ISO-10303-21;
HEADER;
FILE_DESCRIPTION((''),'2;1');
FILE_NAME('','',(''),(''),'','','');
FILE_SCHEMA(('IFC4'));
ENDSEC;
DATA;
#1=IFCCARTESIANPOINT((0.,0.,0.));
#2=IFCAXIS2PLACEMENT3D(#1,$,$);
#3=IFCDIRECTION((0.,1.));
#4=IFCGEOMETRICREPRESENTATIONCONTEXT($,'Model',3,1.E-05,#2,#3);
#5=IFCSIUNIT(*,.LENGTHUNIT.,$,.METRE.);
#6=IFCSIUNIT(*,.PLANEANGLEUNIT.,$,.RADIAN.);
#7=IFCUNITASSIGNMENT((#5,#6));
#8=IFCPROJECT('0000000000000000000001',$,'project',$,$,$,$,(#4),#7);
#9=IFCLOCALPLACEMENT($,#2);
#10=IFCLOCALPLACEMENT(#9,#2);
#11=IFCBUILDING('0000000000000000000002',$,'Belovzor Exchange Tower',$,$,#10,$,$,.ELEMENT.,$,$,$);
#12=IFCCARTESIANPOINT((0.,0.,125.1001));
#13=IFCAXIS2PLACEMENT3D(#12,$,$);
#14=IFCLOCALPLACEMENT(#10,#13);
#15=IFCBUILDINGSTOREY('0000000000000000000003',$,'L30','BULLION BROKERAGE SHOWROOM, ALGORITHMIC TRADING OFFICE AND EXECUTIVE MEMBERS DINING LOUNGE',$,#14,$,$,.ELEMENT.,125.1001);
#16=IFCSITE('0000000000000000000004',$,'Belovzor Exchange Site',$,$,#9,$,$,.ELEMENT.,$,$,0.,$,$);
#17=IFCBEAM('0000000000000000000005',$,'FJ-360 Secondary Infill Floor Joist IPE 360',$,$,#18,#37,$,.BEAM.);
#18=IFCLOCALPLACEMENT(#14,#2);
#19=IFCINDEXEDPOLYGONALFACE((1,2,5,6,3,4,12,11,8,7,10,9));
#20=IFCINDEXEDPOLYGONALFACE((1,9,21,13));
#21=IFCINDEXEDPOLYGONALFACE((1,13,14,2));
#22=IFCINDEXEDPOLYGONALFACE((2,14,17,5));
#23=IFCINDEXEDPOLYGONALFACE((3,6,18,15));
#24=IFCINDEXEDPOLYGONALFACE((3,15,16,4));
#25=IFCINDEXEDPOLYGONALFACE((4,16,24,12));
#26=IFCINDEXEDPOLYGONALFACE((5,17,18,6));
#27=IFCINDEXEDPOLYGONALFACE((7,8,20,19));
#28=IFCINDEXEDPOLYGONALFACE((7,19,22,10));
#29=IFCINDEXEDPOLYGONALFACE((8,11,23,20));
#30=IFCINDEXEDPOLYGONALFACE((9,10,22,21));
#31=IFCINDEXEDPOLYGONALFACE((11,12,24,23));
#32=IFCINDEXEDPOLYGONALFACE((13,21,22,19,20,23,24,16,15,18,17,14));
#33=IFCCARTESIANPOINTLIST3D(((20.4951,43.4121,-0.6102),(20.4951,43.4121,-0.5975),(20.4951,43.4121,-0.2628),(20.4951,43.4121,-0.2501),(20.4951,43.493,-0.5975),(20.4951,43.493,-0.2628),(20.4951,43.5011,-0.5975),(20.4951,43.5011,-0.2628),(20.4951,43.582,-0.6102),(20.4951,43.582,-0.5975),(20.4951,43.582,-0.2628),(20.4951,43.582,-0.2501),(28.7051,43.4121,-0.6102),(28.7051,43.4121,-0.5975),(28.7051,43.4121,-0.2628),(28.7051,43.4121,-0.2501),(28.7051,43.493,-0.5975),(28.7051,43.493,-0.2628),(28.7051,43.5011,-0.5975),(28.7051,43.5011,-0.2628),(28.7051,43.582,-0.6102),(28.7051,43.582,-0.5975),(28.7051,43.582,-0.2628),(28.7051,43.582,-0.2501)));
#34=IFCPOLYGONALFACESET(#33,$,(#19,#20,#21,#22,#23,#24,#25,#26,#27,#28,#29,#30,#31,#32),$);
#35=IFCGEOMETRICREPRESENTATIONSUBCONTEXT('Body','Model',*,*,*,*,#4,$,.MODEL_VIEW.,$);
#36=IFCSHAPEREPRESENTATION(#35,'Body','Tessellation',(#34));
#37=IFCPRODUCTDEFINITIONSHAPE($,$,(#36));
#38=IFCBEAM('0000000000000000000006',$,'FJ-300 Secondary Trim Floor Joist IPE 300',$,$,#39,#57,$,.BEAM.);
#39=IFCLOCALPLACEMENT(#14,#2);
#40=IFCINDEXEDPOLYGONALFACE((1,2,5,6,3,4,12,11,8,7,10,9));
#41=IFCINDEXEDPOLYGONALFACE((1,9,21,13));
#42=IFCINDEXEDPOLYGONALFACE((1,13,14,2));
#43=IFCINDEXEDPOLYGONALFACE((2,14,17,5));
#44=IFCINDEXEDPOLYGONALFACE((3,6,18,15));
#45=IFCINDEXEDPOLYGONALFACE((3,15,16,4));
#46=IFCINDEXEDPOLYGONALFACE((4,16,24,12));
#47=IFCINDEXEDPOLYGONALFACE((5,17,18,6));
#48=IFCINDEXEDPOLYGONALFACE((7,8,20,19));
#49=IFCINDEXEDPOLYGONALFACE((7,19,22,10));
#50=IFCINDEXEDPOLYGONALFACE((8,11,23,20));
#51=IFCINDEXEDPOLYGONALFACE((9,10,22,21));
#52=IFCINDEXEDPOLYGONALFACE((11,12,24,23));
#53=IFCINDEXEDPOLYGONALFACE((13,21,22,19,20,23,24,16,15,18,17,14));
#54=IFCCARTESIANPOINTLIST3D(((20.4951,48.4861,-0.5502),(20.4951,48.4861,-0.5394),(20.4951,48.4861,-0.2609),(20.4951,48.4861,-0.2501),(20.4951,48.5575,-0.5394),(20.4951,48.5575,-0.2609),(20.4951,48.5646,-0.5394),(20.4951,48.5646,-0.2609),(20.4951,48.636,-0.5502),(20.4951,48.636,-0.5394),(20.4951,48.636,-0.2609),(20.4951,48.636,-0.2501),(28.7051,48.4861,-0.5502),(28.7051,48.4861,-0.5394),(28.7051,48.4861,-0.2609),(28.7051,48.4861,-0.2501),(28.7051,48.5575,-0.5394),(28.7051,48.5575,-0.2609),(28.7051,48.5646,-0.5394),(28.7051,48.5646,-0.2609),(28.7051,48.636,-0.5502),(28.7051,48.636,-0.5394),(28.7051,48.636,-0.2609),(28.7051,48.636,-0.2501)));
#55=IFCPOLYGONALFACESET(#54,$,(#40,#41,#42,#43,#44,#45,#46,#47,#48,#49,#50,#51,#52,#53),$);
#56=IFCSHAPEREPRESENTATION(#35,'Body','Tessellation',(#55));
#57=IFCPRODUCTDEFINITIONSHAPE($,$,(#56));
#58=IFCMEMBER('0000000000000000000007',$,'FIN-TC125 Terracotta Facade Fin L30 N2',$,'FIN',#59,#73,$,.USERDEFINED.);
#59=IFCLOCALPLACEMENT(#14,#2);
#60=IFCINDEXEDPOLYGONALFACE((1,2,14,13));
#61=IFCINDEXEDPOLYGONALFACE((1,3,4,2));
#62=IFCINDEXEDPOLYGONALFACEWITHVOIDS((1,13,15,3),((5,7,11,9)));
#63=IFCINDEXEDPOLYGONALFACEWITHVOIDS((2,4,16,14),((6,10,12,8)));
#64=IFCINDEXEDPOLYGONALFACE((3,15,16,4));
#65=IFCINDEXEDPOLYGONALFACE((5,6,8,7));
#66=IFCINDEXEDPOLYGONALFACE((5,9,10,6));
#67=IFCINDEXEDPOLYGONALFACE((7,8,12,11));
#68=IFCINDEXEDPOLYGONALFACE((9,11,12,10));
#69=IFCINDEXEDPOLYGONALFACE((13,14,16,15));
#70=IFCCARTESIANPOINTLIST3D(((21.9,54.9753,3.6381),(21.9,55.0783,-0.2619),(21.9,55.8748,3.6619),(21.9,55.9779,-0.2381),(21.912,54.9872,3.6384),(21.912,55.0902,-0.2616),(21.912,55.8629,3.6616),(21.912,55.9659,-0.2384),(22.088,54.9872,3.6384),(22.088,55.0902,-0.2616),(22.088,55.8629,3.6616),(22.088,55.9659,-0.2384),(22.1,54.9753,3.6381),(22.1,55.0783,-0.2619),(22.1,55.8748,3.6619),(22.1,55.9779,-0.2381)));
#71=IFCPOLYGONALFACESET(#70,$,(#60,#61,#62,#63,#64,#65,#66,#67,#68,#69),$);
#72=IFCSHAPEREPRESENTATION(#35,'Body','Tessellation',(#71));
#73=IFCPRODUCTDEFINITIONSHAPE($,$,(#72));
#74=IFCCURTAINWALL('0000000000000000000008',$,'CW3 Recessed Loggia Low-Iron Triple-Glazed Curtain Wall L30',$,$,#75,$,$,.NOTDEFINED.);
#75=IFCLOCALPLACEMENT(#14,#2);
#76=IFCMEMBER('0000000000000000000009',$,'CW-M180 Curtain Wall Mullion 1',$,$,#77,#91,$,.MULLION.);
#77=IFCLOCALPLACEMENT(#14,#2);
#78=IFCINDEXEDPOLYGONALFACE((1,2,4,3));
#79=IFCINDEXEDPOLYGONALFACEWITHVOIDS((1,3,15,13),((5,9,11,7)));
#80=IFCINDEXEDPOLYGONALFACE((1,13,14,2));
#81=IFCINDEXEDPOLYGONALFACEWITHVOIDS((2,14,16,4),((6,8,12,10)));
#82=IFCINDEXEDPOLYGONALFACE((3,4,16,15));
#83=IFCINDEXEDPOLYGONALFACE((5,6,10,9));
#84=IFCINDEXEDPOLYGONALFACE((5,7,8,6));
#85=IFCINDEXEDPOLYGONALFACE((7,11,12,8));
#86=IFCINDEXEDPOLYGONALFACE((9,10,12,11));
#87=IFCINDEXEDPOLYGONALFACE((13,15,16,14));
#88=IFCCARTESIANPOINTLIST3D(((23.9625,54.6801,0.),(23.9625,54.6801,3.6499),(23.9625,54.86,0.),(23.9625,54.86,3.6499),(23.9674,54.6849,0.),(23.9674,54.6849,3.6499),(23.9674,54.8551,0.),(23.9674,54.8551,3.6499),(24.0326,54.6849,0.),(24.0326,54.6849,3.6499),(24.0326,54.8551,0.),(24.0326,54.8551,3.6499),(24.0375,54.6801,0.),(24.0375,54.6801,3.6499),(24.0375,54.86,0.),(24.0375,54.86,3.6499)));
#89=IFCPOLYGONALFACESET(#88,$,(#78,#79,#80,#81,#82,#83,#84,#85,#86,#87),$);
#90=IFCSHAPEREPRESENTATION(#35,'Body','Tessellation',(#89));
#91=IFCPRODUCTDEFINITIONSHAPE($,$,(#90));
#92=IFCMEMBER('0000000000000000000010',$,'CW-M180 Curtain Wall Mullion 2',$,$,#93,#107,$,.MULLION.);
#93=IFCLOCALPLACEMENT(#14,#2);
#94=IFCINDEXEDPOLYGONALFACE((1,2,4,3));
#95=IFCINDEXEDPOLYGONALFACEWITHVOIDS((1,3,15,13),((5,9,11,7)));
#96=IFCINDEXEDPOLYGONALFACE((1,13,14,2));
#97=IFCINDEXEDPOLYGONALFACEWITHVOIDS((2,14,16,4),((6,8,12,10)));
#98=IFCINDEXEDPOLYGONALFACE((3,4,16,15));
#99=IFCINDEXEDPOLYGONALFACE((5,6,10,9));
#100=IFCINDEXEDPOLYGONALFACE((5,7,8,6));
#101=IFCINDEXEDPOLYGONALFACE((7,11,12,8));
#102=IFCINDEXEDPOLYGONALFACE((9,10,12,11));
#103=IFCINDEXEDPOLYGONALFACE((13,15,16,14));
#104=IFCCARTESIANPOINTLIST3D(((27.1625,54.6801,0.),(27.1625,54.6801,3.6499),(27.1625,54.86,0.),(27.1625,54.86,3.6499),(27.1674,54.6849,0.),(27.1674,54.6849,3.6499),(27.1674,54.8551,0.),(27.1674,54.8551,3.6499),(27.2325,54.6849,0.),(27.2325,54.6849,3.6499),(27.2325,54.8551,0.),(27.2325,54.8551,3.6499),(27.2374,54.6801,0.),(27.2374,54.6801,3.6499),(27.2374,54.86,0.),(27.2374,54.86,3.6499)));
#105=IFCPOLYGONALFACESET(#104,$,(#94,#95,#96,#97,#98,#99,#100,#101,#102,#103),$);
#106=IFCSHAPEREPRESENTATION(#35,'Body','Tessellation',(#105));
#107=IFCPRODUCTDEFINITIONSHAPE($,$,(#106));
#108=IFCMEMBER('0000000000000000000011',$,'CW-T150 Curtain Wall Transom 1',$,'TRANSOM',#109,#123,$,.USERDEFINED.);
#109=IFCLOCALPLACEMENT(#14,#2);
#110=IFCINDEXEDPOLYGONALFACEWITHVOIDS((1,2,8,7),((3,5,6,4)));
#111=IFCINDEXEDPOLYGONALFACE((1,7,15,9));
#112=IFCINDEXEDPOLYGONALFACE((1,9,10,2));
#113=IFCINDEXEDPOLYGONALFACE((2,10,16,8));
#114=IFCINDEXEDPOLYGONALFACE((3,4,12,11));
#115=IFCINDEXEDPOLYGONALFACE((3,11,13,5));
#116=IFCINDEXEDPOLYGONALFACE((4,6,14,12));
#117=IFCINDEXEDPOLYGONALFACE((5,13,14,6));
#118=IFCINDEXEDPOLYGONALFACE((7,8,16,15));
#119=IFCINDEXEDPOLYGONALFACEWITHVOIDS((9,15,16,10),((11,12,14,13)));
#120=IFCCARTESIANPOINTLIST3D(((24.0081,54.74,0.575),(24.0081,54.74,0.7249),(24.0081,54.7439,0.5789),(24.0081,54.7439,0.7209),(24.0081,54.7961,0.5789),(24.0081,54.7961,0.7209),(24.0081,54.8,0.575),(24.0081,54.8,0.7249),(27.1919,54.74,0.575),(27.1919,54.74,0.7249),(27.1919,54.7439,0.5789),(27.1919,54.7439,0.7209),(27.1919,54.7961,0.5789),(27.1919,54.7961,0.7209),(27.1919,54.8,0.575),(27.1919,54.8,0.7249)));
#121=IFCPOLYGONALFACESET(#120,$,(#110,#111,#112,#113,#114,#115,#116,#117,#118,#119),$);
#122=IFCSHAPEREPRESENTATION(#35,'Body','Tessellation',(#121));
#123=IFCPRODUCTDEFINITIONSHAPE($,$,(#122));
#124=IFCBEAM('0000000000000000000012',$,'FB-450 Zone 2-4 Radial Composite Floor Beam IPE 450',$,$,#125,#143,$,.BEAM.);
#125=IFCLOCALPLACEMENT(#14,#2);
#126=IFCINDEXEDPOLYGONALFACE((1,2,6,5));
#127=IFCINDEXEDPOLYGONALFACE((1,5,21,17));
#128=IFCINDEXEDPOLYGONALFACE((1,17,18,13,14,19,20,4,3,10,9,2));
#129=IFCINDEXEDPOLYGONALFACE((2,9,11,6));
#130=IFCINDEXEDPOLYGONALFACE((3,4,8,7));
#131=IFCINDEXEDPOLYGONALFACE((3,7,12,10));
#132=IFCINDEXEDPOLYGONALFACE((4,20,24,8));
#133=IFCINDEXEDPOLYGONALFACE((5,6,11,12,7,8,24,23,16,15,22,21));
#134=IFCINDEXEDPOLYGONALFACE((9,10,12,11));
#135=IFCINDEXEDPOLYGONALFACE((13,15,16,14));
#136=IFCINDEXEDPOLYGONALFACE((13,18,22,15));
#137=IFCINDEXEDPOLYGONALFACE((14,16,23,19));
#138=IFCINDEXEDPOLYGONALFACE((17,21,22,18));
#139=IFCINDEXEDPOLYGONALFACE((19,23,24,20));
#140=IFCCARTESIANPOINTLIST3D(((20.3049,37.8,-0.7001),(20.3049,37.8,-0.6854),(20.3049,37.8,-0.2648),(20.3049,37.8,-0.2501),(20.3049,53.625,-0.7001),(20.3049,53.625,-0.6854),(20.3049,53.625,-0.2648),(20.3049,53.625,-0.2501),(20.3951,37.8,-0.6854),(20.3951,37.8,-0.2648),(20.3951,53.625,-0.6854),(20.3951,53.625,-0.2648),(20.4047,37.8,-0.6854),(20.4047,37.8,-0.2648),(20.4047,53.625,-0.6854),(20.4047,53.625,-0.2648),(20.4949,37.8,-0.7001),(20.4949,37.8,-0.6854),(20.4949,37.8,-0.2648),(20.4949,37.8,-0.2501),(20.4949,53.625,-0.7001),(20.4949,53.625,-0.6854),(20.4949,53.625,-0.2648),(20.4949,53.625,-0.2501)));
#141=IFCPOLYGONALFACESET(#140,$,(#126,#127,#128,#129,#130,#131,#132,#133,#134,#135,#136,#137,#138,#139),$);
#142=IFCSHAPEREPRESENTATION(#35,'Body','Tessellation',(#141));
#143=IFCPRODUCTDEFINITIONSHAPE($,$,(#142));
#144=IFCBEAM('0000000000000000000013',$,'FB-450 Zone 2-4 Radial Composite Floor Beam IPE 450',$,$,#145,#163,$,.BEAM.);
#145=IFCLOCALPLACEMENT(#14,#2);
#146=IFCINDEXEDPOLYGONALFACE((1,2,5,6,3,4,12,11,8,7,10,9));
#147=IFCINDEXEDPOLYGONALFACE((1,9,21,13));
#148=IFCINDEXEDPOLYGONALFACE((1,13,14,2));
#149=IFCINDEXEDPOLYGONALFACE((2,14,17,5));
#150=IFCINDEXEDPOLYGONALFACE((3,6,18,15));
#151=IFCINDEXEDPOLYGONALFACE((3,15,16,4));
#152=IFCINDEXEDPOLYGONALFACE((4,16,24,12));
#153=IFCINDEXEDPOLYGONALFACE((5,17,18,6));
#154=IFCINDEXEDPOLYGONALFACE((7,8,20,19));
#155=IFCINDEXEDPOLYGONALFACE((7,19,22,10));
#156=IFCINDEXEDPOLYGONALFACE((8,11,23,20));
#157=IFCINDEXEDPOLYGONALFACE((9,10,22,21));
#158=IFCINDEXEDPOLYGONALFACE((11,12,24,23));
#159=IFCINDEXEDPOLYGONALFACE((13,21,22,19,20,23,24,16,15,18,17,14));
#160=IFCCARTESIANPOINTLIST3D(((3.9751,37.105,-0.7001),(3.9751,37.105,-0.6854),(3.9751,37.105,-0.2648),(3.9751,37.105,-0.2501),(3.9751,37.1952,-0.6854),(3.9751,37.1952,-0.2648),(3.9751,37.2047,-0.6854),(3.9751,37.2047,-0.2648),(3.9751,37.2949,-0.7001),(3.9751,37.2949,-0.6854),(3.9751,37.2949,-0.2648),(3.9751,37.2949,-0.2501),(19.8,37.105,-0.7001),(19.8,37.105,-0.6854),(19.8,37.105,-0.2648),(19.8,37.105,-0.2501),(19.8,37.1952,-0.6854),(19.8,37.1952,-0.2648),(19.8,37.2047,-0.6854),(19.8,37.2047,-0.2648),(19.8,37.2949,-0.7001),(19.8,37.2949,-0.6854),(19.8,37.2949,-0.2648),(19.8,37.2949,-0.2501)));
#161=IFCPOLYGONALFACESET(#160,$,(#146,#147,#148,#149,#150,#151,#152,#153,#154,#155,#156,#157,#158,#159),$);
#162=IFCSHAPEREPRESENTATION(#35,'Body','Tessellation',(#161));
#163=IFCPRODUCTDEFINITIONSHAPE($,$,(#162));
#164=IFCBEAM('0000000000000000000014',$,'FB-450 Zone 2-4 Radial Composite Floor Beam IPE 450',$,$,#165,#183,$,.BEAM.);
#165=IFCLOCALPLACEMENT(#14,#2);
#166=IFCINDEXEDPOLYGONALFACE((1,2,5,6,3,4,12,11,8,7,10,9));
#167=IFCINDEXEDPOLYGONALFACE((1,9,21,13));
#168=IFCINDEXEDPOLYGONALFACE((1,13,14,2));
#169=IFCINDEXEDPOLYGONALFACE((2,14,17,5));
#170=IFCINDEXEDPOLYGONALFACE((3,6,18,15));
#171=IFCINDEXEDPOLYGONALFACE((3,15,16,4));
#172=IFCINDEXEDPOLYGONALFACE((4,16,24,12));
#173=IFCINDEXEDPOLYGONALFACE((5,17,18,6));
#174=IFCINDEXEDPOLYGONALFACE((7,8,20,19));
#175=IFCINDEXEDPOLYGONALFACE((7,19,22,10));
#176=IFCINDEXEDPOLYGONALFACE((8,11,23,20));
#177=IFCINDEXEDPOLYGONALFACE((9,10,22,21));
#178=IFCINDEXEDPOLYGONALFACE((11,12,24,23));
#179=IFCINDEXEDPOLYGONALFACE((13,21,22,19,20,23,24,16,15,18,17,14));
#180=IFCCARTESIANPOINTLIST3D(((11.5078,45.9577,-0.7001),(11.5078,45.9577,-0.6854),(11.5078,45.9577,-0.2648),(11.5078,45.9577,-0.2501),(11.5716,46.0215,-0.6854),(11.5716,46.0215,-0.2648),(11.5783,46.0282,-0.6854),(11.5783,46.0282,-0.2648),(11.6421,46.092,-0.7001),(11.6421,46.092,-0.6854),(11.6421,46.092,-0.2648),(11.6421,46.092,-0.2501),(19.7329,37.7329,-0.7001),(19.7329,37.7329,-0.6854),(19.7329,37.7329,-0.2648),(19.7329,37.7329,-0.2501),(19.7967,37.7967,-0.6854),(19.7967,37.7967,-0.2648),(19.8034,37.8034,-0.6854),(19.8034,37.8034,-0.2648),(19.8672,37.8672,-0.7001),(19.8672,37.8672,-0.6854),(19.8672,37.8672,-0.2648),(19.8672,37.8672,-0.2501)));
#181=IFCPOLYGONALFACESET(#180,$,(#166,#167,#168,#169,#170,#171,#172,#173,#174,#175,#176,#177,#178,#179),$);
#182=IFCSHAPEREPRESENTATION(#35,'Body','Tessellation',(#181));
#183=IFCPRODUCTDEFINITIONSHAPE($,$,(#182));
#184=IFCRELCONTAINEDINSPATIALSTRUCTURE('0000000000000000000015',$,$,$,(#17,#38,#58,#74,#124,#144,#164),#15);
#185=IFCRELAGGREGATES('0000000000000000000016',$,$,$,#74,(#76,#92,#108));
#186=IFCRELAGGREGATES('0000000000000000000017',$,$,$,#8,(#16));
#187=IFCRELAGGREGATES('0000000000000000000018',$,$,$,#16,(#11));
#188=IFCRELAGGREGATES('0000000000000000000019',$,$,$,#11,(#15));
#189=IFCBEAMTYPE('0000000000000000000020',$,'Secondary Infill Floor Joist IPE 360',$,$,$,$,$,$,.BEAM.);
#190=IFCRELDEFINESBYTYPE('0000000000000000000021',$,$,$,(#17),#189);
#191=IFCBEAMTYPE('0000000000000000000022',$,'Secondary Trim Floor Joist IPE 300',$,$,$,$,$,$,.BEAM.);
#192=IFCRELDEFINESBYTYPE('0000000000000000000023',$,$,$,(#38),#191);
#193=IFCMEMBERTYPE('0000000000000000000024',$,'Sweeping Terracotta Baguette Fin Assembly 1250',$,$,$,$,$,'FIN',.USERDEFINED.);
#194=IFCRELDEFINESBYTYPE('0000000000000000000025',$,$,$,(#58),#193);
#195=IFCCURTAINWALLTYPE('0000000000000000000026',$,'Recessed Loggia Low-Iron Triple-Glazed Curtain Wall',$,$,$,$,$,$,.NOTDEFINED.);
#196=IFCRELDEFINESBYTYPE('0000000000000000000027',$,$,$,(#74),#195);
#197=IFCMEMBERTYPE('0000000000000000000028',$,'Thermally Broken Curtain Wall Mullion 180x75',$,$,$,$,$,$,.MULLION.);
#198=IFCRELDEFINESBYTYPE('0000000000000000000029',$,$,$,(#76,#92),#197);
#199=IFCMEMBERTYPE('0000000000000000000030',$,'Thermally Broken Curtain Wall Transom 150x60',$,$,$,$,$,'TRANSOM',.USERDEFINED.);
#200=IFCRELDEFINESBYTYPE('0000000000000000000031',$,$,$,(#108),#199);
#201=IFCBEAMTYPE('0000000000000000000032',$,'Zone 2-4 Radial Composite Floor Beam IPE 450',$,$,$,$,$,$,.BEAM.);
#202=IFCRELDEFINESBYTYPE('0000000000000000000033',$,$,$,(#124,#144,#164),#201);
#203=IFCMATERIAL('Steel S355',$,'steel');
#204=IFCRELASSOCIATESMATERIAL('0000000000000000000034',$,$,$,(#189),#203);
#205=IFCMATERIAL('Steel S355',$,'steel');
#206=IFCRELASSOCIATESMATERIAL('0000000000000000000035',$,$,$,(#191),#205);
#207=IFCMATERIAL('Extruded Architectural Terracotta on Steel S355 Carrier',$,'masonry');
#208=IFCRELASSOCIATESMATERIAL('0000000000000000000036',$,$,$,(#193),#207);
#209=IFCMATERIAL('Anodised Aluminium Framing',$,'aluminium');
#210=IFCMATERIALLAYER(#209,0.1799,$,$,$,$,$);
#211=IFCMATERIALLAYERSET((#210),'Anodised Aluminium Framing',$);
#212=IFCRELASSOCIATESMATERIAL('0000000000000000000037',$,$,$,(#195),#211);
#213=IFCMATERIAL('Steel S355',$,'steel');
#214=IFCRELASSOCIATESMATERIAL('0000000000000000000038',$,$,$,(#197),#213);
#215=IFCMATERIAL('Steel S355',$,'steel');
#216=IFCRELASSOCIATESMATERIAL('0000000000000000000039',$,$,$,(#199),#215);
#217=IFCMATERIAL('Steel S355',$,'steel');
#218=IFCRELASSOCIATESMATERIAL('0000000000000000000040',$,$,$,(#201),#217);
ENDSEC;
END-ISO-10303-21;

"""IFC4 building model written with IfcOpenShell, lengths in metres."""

from ifc_helpers import new_model, si_unit, direction, frame, origin, origin_2d, place, context, subcontext, project, spatial, hollow_rectangle, i_section, extrude, material, layer, layer_set, material_profile, profile_set, type_object, element, aggregate, save


model = new_model("IFC4")

# Units and contexts
model_context = context("Model", 3, precision=1e-05, world=origin(), true_north=direction((0.0, 1.0)))
body_context = subcontext(model_context, "Body", "Model", "MODEL_VIEW")
ifc_project = project(units=[si_unit("LENGTHUNIT", "METRE"), si_unit("PLANEANGLEUNIT", "RADIAN")], contexts=[model_context])

# Site, building, storey
site_placement = place(None, origin())
site = spatial("IfcSite", under=ifc_project, at=site_placement, Name="Belovzor Exchange Site", CompositionType="ELEMENT", RefElevation=0.0)
building_placement = place(site_placement, origin())
building = spatial("IfcBuilding", under=site, at=building_placement, Name="Belovzor Exchange Tower", CompositionType="ELEMENT")
storey_placement = place(building_placement, frame((0.0, 0.0, 125.1001)))
storey = spatial("IfcBuildingStorey", under=building, at=storey_placement, Name="L30", Description="BULLION BROKERAGE SHOWROOM, ALGORITHMIC TRADING OFFICE AND EXECUTIVE MEMBERS DINING LOUNGE", CompositionType="ELEMENT", Elevation=125.1001)

# Beams
ifc_material_1 = material(Name="Steel S355", Category="steel")
ifc_material_profile_1 = material_profile(ifc_material_1, i_section(OverallWidth=0.1699, OverallDepth=0.3601, WebThickness=0.0081, FlangeThickness=0.0127, at=origin_2d()))
ifc_profile_set_1 = profile_set([ifc_material_profile_1], Name="Steel S355")
beam_type_1 = type_object("IfcBeamType", Name="Secondary Infill Floor Joist IPE 360", PredefinedType="BEAM", material=ifc_profile_set_1)
beam_1_placement = place(storey_placement, frame((20.4951, 43.4971, -0.4302), z_axis=(1.0, 0.0, 0.0), x_axis=(0.0, 1.0, 0.0)))
element("IfcBeam", 1, at=beam_1_placement, inside=storey, type_object=beam_type_1, Name="FJ-360 Secondary Infill Floor Joist IPE 360", PredefinedType="BEAM", context=body_context, shape_type="SweptSolid", body=[
    extrude(i_section(OverallWidth=0.1699, OverallDepth=0.3601, WebThickness=0.0081, FlangeThickness=0.0127, at=origin_2d()), origin(), (0.0, 0.0, 1.0), 8.21),
])
ifc_material_2 = material(Name="Steel S355", Category="steel")
ifc_material_profile_2 = material_profile(ifc_material_2, i_section(OverallWidth=0.1499, OverallDepth=0.3, WebThickness=0.0071, FlangeThickness=0.0107, at=origin_2d()))
ifc_profile_set_2 = profile_set([ifc_material_profile_2], Name="Steel S355")
beam_type_2 = type_object("IfcBeamType", Name="Secondary Trim Floor Joist IPE 300", PredefinedType="BEAM", material=ifc_profile_set_2)
beam_2_placement = place(storey_placement, frame((20.4951, 48.561, -0.4001), z_axis=(1.0, 0.0, 0.0), x_axis=(0.0, 1.0, 0.0)))
element("IfcBeam", 2, at=beam_2_placement, inside=storey, type_object=beam_type_2, Name="FJ-300 Secondary Trim Floor Joist IPE 300", PredefinedType="BEAM", context=body_context, shape_type="SweptSolid", body=[
    extrude(i_section(OverallWidth=0.1499, OverallDepth=0.3, WebThickness=0.0071, FlangeThickness=0.0107, at=origin_2d()), origin(), (0.0, 0.0, 1.0), 8.21),
])

# Member
ifc_material_3 = material(Name="Extruded Architectural Terracotta on Steel S355 Carrier", Category="masonry")
ifc_material_profile_3 = material_profile(ifc_material_3, hollow_rectangle(XDim=0.2, YDim=0.8999, WallThickness=0.012, at=origin_2d()))
ifc_profile_set_3 = profile_set([ifc_material_profile_3], Name="Extruded Architectural Terracotta on Steel S355 Carrier")
member_type_1 = type_object("IfcMemberType", Name="Sweeping Terracotta Baguette Fin Assembly 1250", ElementType="FIN", PredefinedType="USERDEFINED", material=ifc_profile_set_3)
member_1_placement = place(storey_placement, frame((22.0, 55.5281, -0.25), z_axis=(0.0, -0.026409, 0.999651), x_axis=(1.0, 0.0, 0.0)))
element("IfcMember", 3, at=member_1_placement, inside=storey, type_object=member_type_1, Name="FIN-TC125 Terracotta Facade Fin L30 N2", ObjectType="FIN", PredefinedType="USERDEFINED", context=body_context, shape_type="SweptSolid", body=[
    extrude(hollow_rectangle(XDim=0.2, YDim=0.8999, WallThickness=0.012, at=origin_2d()), origin(), (0.0, 0.0, 1.0), 3.9014),
])

# Curtain wall, members
ifc_material_4 = material(Name="Anodised Aluminium Framing", Category="aluminium")
ifc_layer_1 = layer(ifc_material_4, 0.1799)
ifc_layer_set_1 = layer_set([ifc_layer_1], Name="Anodised Aluminium Framing")
curtain_wall_type = type_object("IfcCurtainWallType", Name="Recessed Loggia Low-Iron Triple-Glazed Curtain Wall", PredefinedType="NOTDEFINED", material=ifc_layer_set_1)
curtain_wall_placement = place(storey_placement, origin())
curtain_wall = element("IfcCurtainWall", 4, at=curtain_wall_placement, inside=storey, type_object=curtain_wall_type, Name="CW3 Recessed Loggia Low-Iron Triple-Glazed Curtain Wall L30", PredefinedType="NOTDEFINED")
ifc_material_5 = material(Name="Steel S355", Category="steel")
ifc_material_profile_4 = material_profile(ifc_material_5, hollow_rectangle(XDim=0.075, YDim=0.1799, WallThickness=0.0049, at=origin_2d()))
ifc_profile_set_4 = profile_set([ifc_material_profile_4], Name="Steel S355")
member_type_2 = type_object("IfcMemberType", Name="Thermally Broken Curtain Wall Mullion 180x75", PredefinedType="MULLION", material=ifc_profile_set_4)
member_2_placement = place(storey_placement, frame((24.0, 54.77, 0.0), z_axis=(0.0, 0.0, 1.0), x_axis=(1.0, 0.0, 0.0)))
member_2 = element("IfcMember", 5, at=member_2_placement, type_object=member_type_2, Name="CW-M180 Curtain Wall Mullion 1", PredefinedType="MULLION", context=body_context, shape_type="SweptSolid", body=[
    extrude(hollow_rectangle(XDim=0.075, YDim=0.1799, WallThickness=0.0049, at=origin_2d()), origin(), (0.0, 0.0, 1.0), 3.6499),
])
member_3_placement = place(storey_placement, frame((27.2, 54.77, 0.0), z_axis=(0.0, 0.0, 1.0), x_axis=(1.0, 0.0, 0.0)))
member_3 = element("IfcMember", 6, at=member_3_placement, type_object=member_type_2, Name="CW-M180 Curtain Wall Mullion 2", PredefinedType="MULLION", context=body_context, shape_type="SweptSolid", body=[
    extrude(hollow_rectangle(XDim=0.075, YDim=0.1799, WallThickness=0.0049, at=origin_2d()), origin(), (0.0, 0.0, 1.0), 3.6499),
])
ifc_material_6 = material(Name="Steel S355", Category="steel")
ifc_material_profile_5 = material_profile(ifc_material_6, hollow_rectangle(XDim=0.0601, YDim=0.1499, WallThickness=0.0039, at=origin_2d()))
ifc_profile_set_5 = profile_set([ifc_material_profile_5], Name="Steel S355")
member_type_3 = type_object("IfcMemberType", Name="Thermally Broken Curtain Wall Transom 150x60", ElementType="TRANSOM", PredefinedType="USERDEFINED", material=ifc_profile_set_5)
member_4_placement = place(storey_placement, frame((24.0081, 54.77, 0.6499), z_axis=(1.0, 0.0, 0.0), x_axis=(0.0, 1.0, 0.0)))
member_4 = element("IfcMember", 7, at=member_4_placement, type_object=member_type_3, Name="CW-T150 Curtain Wall Transom 1", ObjectType="TRANSOM", PredefinedType="USERDEFINED", context=body_context, shape_type="SweptSolid", body=[
    extrude(hollow_rectangle(XDim=0.0601, YDim=0.1499, WallThickness=0.0039, at=origin_2d()), origin(), (0.0, 0.0, 1.0), 3.1838),
])

# Beams
ifc_material_7 = material(Name="Steel S355", Category="steel")
ifc_material_profile_6 = material_profile(ifc_material_7, i_section(OverallWidth=0.1899, OverallDepth=0.45, WebThickness=0.0095, FlangeThickness=0.0146, at=origin_2d()))
ifc_profile_set_6 = profile_set([ifc_material_profile_6], Name="Steel S355")
beam_type_3 = type_object("IfcBeamType", Name="Zone 2-4 Radial Composite Floor Beam IPE 450", PredefinedType="BEAM", material=ifc_profile_set_6)
for number, where, z_axis, x_axis, name in (
    (8, (20.3999, 37.8, -0.4751), (0.0, 1.0, 0.0), (-1.0, 0.0, 0.0), "FB-450 Zone 2-4 Radial Composite Floor Beam IPE 450"),
    (9, (19.8, 37.2, -0.4751), (-1.0, 0.0, 0.0), (0.0, -1.0, 0.0), "FB-450 Zone 2-4 Radial Composite Floor Beam IPE 450"),
):
    element("IfcBeam", number, at=place(storey_placement, frame(where, z_axis=z_axis, x_axis=x_axis)), inside=storey, type_object=beam_type_3, Name=name, PredefinedType="BEAM", context=body_context, shape_type="SweptSolid", body=[
        extrude(i_section(OverallWidth=0.1899, OverallDepth=0.45, WebThickness=0.0095, FlangeThickness=0.0146, at=origin_2d()), origin(), (0.0, 0.0, 1.0), 15.825),
    ])
beam_3_placement = place(storey_placement, frame((19.8, 37.8, -0.4751), z_axis=(-0.707117, 0.707096, 0.0), x_axis=(-0.707096, -0.707117, 0.0)))
element("IfcBeam", 10, at=beam_3_placement, inside=storey, type_object=beam_type_3, Name="FB-450 Zone 2-4 Radial Composite Floor Beam IPE 450", PredefinedType="BEAM", context=body_context, shape_type="SweptSolid", body=[
    extrude(i_section(OverallWidth=0.1899, OverallDepth=0.45, WebThickness=0.0095, FlangeThickness=0.0146, at=origin_2d()), origin(), (0.0, 0.0, 1.0), 11.6318),
])

aggregate(curtain_wall, [member_2, member_3, member_4])

save(model, "model.ifc")
